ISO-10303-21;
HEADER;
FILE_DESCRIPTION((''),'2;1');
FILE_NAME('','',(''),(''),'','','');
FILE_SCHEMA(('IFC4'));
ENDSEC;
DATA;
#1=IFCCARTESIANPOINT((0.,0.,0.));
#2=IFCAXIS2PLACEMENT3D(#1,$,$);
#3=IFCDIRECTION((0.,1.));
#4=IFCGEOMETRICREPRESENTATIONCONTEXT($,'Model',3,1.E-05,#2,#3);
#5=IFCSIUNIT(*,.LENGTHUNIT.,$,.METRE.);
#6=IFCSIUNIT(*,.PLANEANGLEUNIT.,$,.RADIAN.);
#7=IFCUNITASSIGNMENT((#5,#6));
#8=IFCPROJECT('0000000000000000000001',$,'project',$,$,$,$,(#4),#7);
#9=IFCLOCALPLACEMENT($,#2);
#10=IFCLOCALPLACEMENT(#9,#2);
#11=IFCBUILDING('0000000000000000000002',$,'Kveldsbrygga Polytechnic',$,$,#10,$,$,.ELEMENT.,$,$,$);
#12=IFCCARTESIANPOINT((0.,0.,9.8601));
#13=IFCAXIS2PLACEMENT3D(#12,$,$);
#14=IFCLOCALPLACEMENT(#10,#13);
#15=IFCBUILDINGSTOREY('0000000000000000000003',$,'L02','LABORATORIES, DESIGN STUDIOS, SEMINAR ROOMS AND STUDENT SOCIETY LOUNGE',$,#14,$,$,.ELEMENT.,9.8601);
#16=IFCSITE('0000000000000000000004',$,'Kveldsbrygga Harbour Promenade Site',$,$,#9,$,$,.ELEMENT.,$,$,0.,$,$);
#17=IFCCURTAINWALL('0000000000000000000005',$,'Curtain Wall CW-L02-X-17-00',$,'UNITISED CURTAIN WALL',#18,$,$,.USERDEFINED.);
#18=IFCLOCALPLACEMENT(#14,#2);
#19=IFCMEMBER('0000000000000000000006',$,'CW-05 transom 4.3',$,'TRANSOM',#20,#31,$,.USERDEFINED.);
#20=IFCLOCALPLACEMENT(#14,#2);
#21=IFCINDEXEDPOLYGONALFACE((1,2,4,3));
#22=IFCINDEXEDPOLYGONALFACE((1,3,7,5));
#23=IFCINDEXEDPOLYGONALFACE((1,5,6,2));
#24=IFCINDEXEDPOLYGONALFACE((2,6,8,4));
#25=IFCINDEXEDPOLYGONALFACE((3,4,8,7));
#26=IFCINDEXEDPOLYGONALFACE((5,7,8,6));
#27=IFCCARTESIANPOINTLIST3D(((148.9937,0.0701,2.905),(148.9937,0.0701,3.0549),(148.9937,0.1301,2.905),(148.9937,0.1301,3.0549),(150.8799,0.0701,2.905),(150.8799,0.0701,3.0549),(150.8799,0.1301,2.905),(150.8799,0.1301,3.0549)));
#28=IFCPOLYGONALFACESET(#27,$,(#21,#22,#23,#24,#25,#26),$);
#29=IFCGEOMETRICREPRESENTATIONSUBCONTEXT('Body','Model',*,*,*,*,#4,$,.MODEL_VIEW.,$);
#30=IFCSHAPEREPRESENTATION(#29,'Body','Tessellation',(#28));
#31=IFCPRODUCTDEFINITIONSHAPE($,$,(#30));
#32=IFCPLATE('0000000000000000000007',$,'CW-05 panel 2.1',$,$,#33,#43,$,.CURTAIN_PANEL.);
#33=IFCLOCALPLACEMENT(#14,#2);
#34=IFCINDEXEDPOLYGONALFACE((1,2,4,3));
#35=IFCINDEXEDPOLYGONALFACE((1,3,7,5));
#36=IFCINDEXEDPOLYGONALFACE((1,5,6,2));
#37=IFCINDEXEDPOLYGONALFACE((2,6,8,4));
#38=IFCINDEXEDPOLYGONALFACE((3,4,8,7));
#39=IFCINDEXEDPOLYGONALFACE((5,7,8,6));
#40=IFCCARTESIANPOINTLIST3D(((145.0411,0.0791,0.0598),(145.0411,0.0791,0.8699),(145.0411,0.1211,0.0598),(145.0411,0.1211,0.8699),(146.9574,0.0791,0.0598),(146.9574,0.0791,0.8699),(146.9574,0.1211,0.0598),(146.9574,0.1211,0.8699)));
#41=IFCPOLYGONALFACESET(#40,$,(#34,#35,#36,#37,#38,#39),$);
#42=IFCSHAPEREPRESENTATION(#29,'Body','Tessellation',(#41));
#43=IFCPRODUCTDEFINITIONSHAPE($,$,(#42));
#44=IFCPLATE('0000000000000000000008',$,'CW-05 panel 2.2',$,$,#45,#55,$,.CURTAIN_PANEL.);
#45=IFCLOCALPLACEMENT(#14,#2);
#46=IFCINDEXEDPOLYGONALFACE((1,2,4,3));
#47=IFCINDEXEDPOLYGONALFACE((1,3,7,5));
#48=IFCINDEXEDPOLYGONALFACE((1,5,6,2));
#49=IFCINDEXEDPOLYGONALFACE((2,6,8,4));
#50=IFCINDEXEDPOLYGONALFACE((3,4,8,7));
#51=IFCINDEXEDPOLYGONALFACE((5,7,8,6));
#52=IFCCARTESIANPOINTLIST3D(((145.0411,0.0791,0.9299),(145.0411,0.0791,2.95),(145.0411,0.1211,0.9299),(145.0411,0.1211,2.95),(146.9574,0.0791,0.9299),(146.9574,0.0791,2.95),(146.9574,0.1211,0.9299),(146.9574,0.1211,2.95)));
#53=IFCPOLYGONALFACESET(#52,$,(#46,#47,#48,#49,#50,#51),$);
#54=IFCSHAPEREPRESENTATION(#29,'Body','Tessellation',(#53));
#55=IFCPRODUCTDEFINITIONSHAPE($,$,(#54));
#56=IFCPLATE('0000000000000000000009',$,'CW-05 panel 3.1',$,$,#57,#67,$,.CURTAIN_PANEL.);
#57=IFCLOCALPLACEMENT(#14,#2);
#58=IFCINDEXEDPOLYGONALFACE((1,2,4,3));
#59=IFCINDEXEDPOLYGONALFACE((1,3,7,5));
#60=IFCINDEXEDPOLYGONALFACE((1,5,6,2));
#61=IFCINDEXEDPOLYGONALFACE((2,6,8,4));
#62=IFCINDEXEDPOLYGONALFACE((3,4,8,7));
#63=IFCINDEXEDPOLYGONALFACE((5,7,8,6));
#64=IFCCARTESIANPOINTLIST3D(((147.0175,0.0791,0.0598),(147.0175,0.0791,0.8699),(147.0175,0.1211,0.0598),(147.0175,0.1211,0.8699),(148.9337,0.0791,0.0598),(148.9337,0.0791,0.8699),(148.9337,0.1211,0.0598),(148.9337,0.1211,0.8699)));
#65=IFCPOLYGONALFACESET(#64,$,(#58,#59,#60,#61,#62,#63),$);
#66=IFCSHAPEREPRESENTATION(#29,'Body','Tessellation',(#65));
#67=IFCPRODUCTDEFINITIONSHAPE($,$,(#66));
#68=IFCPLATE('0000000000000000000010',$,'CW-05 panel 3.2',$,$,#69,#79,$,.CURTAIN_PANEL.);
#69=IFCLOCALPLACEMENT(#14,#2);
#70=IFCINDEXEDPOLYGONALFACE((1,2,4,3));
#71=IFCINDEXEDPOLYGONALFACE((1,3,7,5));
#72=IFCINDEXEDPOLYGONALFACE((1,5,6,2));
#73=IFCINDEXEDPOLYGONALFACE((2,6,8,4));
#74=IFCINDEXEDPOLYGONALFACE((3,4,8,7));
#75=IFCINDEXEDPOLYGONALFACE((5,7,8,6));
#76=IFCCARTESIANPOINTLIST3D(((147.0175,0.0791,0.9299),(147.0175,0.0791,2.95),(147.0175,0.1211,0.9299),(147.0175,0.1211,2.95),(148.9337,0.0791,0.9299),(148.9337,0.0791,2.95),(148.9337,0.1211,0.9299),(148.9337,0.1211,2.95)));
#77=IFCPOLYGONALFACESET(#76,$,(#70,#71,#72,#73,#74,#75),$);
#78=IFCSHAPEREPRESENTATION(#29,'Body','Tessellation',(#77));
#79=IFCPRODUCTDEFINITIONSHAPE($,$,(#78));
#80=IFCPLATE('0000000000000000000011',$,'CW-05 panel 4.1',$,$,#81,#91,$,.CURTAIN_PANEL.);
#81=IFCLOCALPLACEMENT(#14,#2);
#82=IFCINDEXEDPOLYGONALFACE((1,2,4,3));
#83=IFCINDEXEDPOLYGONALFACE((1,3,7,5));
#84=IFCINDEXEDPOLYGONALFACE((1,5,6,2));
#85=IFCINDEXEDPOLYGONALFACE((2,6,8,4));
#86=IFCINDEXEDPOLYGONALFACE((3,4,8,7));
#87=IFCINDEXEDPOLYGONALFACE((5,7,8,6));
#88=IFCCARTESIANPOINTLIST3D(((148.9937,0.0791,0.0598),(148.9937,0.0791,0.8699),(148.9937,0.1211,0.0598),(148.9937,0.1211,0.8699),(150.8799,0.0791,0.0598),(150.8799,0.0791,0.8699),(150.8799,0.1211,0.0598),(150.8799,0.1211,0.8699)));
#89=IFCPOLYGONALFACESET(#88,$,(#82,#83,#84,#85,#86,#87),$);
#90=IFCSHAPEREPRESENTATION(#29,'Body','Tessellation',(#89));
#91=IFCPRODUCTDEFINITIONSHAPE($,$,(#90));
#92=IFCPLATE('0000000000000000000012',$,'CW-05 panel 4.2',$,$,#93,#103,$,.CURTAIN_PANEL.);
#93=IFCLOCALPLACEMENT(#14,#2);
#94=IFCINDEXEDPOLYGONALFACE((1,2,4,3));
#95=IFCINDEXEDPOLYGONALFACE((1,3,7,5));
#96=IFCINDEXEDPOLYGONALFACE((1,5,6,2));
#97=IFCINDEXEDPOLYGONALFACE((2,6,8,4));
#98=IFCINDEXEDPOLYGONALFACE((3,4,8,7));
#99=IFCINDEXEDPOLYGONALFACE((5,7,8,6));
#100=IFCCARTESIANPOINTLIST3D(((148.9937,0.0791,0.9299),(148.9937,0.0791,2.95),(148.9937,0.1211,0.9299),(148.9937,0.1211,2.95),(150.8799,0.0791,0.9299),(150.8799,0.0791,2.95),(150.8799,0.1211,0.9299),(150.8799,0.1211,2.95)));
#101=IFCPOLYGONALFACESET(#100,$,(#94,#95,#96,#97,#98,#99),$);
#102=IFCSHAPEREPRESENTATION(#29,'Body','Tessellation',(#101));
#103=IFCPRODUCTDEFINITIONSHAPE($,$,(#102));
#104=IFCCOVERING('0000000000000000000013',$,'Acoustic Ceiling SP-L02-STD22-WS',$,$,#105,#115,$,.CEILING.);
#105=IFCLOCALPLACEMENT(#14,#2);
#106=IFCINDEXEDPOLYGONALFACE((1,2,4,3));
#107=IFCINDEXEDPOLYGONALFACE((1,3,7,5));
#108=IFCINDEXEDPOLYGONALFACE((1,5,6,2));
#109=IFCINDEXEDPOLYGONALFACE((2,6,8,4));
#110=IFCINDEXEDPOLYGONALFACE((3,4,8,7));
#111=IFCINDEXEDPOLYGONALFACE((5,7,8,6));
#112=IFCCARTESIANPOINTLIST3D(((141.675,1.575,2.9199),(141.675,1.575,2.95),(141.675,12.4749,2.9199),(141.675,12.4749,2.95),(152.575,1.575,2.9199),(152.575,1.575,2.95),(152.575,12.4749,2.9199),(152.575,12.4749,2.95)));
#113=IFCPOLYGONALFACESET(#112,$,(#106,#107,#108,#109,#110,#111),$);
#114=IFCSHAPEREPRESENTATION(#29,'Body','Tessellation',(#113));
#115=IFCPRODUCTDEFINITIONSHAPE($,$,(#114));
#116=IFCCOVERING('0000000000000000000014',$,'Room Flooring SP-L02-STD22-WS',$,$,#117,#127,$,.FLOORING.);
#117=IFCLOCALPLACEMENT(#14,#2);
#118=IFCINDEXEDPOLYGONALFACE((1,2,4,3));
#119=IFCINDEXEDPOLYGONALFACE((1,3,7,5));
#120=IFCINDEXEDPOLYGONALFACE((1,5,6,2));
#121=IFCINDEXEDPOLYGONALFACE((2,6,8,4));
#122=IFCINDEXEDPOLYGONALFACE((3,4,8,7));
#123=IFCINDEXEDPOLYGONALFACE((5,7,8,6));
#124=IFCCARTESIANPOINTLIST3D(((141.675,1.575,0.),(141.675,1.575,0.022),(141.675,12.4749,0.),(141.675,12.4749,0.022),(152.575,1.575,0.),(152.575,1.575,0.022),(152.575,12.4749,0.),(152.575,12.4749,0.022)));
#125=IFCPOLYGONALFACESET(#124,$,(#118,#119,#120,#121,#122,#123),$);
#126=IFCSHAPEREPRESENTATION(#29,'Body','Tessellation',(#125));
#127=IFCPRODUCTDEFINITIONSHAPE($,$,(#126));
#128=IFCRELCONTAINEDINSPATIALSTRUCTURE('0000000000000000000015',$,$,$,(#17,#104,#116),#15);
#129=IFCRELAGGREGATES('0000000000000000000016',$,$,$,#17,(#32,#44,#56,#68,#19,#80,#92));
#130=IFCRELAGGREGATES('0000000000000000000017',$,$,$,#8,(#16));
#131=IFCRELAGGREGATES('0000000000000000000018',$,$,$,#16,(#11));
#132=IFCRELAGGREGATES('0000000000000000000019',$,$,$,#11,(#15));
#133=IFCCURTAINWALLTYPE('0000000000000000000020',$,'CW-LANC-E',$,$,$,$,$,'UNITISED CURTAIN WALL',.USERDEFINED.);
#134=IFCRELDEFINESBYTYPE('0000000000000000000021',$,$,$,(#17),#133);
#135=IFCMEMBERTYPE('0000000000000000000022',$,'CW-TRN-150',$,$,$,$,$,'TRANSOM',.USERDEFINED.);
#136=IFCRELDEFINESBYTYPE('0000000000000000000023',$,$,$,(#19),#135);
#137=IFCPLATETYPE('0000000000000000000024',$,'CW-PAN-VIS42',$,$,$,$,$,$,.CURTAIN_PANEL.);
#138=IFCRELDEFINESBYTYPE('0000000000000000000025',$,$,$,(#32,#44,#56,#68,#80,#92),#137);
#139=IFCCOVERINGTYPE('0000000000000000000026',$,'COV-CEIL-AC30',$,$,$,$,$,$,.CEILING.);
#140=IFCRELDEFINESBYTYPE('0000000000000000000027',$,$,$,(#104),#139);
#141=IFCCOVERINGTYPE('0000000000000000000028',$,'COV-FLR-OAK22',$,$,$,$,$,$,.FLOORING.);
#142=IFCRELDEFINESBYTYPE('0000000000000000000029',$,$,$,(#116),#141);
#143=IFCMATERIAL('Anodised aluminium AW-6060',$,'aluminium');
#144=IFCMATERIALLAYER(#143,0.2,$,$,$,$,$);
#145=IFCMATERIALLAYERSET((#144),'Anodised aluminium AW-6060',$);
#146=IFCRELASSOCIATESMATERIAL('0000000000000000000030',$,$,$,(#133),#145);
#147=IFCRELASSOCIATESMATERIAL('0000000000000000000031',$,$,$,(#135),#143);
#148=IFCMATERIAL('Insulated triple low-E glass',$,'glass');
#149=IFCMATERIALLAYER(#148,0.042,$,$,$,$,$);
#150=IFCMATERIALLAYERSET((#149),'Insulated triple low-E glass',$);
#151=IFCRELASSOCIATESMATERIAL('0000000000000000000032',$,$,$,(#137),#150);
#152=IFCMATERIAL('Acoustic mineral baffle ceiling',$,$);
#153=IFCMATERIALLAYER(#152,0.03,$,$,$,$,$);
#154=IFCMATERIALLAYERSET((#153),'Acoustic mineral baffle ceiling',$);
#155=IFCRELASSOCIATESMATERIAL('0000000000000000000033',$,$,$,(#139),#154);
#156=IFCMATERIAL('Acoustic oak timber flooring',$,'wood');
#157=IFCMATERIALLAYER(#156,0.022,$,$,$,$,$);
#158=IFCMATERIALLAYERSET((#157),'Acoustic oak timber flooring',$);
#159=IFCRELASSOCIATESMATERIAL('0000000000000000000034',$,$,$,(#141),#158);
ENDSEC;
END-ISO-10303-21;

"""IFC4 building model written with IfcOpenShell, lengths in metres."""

from ifc_helpers import new_model, si_unit, direction, frame, origin, origin_2d, place, context, subcontext, project, spatial, rectangle, extrude, material, layer, layer_set, material_profile, profile_set, type_object, element, aggregate, save


model = new_model("IFC4")

# Units and contexts
model_context = context("Model", 3, precision=1e-05, world=origin(), true_north=direction((0.0, 1.0)))
body_context = subcontext(model_context, "Body", "Model", "MODEL_VIEW")
ifc_project = project(units=[si_unit("LENGTHUNIT", "METRE"), si_unit("PLANEANGLEUNIT", "RADIAN")], contexts=[model_context])

# Site, building, storey
site_placement = place(None, origin())
site = spatial("IfcSite", under=ifc_project, at=site_placement, Name="Kveldsbrygga Harbour Promenade Site", CompositionType="ELEMENT", RefElevation=0.0)
building_placement = place(site_placement, origin())
building = spatial("IfcBuilding", under=site, at=building_placement, Name="Kveldsbrygga Polytechnic", CompositionType="ELEMENT")
storey_placement = place(building_placement, frame((0.0, 0.0, 9.8601)))
storey = spatial("IfcBuildingStorey", under=building, at=storey_placement, Name="L02", Description="LABORATORIES, DESIGN STUDIOS, SEMINAR ROOMS AND STUDENT SOCIETY LOUNGE", CompositionType="ELEMENT", Elevation=9.8601)

# Curtain wall, member, plates
ifc_material_1 = material(Name="Anodised aluminium AW-6060", Category="aluminium")
ifc_layer_1 = layer(ifc_material_1, 0.2)
ifc_layer_set_1 = layer_set([ifc_layer_1], Name="Anodised aluminium AW-6060")
curtain_wall_type = type_object("IfcCurtainWallType", Name="CW-LANC-E", ElementType="UNITISED CURTAIN WALL", PredefinedType="USERDEFINED", material=ifc_layer_set_1)
curtain_wall_placement = place(storey_placement, origin())
curtain_wall = element("IfcCurtainWall", 1, at=curtain_wall_placement, inside=storey, type_object=curtain_wall_type, Name="Curtain Wall CW-L02-X-17-00", ObjectType="UNITISED CURTAIN WALL", PredefinedType="USERDEFINED")
ifc_material_profile_1 = material_profile(ifc_material_1, rectangle(XDim=0.0601, YDim=0.1499, at=origin_2d()), Name="ALU 60x150")
ifc_profile_set_1 = profile_set([ifc_material_profile_1], Name="Anodised aluminium AW-6060")
member_type_1 = type_object("IfcMemberType", Name="CW-TRN-150", ElementType="TRANSOM", PredefinedType="USERDEFINED", material=ifc_profile_set_1)
member_1_placement = place(storey_placement, frame((148.9937, 0.1001, 2.98), z_axis=(1.0, 0.0, 0.0), x_axis=(0.0, 1.0, 0.0)))
member_1 = element("IfcMember", 2, at=member_1_placement, type_object=member_type_1, Name="CW-05 transom 4.3", ObjectType="TRANSOM", PredefinedType="USERDEFINED", context=body_context, shape_type="SweptSolid", body=[
    extrude(rectangle(XDim=0.0601, YDim=0.1499, at=origin_2d()), origin(), (0.0, 0.0, 1.0), 1.8862),
])
ifc_material_2 = material(Name="Insulated triple low-E glass", Category="glass")
ifc_layer_2 = layer(ifc_material_2, 0.042)
ifc_layer_set_2 = layer_set([ifc_layer_2], Name="Insulated triple low-E glass")
plate_type = type_object("IfcPlateType", Name="CW-PAN-VIS42", PredefinedType="CURTAIN_PANEL", material=ifc_layer_set_2)
plate_1_placement = place(storey_placement, frame((145.9993, 0.1001, 0.0598), z_axis=(0.0, 0.0, 1.0), x_axis=(1.0, 0.0, 0.0)))
plate_1 = element("IfcPlate", 3, at=plate_1_placement, type_object=plate_type, Name="CW-05 panel 2.1", PredefinedType="CURTAIN_PANEL", context=body_context, shape_type="SweptSolid", body=[
    extrude(rectangle(XDim=1.9163, YDim=0.042, at=origin_2d()), origin(), (0.0, 0.0, 1.0), 0.8101),
])
plate_2_placement = place(storey_placement, frame((145.9993, 0.1001, 0.9299), z_axis=(0.0, 0.0, 1.0), x_axis=(1.0, 0.0, 0.0)))
plate_2 = element("IfcPlate", 4, at=plate_2_placement, type_object=plate_type, Name="CW-05 panel 2.2", PredefinedType="CURTAIN_PANEL", context=body_context, shape_type="SweptSolid", body=[
    extrude(rectangle(XDim=1.9163, YDim=0.042, at=origin_2d()), origin(), (0.0, 0.0, 1.0), 2.02),
])
plate_3_placement = place(storey_placement, frame((147.9756, 0.1001, 0.0598), z_axis=(0.0, 0.0, 1.0), x_axis=(1.0, 0.0, 0.0)))
plate_3 = element("IfcPlate", 5, at=plate_3_placement, type_object=plate_type, Name="CW-05 panel 3.1", PredefinedType="CURTAIN_PANEL", context=body_context, shape_type="SweptSolid", body=[
    extrude(rectangle(XDim=1.9163, YDim=0.042, at=origin_2d()), origin(), (0.0, 0.0, 1.0), 0.8101),
])
plate_4_placement = place(storey_placement, frame((147.9756, 0.1001, 0.9299), z_axis=(0.0, 0.0, 1.0), x_axis=(1.0, 0.0, 0.0)))
plate_4 = element("IfcPlate", 6, at=plate_4_placement, type_object=plate_type, Name="CW-05 panel 3.2", PredefinedType="CURTAIN_PANEL", context=body_context, shape_type="SweptSolid", body=[
    extrude(rectangle(XDim=1.9163, YDim=0.042, at=origin_2d()), origin(), (0.0, 0.0, 1.0), 2.02),
])
plate_5_placement = place(storey_placement, frame((149.9368, 0.1001, 0.0598), z_axis=(0.0, 0.0, 1.0), x_axis=(1.0, 0.0, 0.0)))
plate_5 = element("IfcPlate", 7, at=plate_5_placement, type_object=plate_type, Name="CW-05 panel 4.1", PredefinedType="CURTAIN_PANEL", context=body_context, shape_type="SweptSolid", body=[
    extrude(rectangle(XDim=1.8862, YDim=0.042, at=origin_2d()), origin(), (0.0, 0.0, 1.0), 0.8101),
])
plate_6_placement = place(storey_placement, frame((149.9368, 0.1001, 0.9299), z_axis=(0.0, 0.0, 1.0), x_axis=(1.0, 0.0, 0.0)))
plate_6 = element("IfcPlate", 8, at=plate_6_placement, type_object=plate_type, Name="CW-05 panel 4.2", PredefinedType="CURTAIN_PANEL", context=body_context, shape_type="SweptSolid", body=[
    extrude(rectangle(XDim=1.8862, YDim=0.042, at=origin_2d()), origin(), (0.0, 0.0, 1.0), 2.02),
])
aggregate(curtain_wall, [plate_1, plate_2, plate_3, plate_4, member_1, plate_5, plate_6])

# Coverings
ifc_material_3 = material(Name="Acoustic mineral baffle ceiling")
ifc_layer_3 = layer(ifc_material_3, 0.03)
ifc_layer_set_3 = layer_set([ifc_layer_3], Name="Acoustic mineral baffle ceiling")
covering_type_1 = type_object("IfcCoveringType", Name="COV-CEIL-AC30", PredefinedType="CEILING", material=ifc_layer_set_3)
covering_1_placement = place(storey_placement, frame((147.125, 7.0249, 2.9199), z_axis=(0.0, 0.0, 1.0), x_axis=(1.0, 0.0, 0.0)))
element("IfcCovering", 9, at=covering_1_placement, inside=storey, type_object=covering_type_1, Name="Acoustic Ceiling SP-L02-STD22-WS", PredefinedType="CEILING", context=body_context, shape_type="SweptSolid", body=[
    extrude(rectangle(XDim=10.8999, YDim=10.8999, at=origin_2d()), origin(), (0.0, 0.0, 1.0), 0.03),
])
ifc_material_4 = material(Name="Acoustic oak timber flooring", Category="wood")
ifc_layer_4 = layer(ifc_material_4, 0.022)
ifc_layer_set_4 = layer_set([ifc_layer_4], Name="Acoustic oak timber flooring")
covering_type_2 = type_object("IfcCoveringType", Name="COV-FLR-OAK22", PredefinedType="FLOORING", material=ifc_layer_set_4)
covering_2_placement = place(storey_placement, frame((147.125, 7.0249, 0.0), z_axis=(0.0, 0.0, 1.0), x_axis=(1.0, 0.0, 0.0)))
element("IfcCovering", 10, at=covering_2_placement, inside=storey, type_object=covering_type_2, Name="Room Flooring SP-L02-STD22-WS", PredefinedType="FLOORING", context=body_context, shape_type="SweptSolid", body=[
    extrude(rectangle(XDim=10.8999, YDim=10.8999, at=origin_2d()), origin(), (0.0, 0.0, 1.0), 0.022),
])

save(model, "model.ifc")
